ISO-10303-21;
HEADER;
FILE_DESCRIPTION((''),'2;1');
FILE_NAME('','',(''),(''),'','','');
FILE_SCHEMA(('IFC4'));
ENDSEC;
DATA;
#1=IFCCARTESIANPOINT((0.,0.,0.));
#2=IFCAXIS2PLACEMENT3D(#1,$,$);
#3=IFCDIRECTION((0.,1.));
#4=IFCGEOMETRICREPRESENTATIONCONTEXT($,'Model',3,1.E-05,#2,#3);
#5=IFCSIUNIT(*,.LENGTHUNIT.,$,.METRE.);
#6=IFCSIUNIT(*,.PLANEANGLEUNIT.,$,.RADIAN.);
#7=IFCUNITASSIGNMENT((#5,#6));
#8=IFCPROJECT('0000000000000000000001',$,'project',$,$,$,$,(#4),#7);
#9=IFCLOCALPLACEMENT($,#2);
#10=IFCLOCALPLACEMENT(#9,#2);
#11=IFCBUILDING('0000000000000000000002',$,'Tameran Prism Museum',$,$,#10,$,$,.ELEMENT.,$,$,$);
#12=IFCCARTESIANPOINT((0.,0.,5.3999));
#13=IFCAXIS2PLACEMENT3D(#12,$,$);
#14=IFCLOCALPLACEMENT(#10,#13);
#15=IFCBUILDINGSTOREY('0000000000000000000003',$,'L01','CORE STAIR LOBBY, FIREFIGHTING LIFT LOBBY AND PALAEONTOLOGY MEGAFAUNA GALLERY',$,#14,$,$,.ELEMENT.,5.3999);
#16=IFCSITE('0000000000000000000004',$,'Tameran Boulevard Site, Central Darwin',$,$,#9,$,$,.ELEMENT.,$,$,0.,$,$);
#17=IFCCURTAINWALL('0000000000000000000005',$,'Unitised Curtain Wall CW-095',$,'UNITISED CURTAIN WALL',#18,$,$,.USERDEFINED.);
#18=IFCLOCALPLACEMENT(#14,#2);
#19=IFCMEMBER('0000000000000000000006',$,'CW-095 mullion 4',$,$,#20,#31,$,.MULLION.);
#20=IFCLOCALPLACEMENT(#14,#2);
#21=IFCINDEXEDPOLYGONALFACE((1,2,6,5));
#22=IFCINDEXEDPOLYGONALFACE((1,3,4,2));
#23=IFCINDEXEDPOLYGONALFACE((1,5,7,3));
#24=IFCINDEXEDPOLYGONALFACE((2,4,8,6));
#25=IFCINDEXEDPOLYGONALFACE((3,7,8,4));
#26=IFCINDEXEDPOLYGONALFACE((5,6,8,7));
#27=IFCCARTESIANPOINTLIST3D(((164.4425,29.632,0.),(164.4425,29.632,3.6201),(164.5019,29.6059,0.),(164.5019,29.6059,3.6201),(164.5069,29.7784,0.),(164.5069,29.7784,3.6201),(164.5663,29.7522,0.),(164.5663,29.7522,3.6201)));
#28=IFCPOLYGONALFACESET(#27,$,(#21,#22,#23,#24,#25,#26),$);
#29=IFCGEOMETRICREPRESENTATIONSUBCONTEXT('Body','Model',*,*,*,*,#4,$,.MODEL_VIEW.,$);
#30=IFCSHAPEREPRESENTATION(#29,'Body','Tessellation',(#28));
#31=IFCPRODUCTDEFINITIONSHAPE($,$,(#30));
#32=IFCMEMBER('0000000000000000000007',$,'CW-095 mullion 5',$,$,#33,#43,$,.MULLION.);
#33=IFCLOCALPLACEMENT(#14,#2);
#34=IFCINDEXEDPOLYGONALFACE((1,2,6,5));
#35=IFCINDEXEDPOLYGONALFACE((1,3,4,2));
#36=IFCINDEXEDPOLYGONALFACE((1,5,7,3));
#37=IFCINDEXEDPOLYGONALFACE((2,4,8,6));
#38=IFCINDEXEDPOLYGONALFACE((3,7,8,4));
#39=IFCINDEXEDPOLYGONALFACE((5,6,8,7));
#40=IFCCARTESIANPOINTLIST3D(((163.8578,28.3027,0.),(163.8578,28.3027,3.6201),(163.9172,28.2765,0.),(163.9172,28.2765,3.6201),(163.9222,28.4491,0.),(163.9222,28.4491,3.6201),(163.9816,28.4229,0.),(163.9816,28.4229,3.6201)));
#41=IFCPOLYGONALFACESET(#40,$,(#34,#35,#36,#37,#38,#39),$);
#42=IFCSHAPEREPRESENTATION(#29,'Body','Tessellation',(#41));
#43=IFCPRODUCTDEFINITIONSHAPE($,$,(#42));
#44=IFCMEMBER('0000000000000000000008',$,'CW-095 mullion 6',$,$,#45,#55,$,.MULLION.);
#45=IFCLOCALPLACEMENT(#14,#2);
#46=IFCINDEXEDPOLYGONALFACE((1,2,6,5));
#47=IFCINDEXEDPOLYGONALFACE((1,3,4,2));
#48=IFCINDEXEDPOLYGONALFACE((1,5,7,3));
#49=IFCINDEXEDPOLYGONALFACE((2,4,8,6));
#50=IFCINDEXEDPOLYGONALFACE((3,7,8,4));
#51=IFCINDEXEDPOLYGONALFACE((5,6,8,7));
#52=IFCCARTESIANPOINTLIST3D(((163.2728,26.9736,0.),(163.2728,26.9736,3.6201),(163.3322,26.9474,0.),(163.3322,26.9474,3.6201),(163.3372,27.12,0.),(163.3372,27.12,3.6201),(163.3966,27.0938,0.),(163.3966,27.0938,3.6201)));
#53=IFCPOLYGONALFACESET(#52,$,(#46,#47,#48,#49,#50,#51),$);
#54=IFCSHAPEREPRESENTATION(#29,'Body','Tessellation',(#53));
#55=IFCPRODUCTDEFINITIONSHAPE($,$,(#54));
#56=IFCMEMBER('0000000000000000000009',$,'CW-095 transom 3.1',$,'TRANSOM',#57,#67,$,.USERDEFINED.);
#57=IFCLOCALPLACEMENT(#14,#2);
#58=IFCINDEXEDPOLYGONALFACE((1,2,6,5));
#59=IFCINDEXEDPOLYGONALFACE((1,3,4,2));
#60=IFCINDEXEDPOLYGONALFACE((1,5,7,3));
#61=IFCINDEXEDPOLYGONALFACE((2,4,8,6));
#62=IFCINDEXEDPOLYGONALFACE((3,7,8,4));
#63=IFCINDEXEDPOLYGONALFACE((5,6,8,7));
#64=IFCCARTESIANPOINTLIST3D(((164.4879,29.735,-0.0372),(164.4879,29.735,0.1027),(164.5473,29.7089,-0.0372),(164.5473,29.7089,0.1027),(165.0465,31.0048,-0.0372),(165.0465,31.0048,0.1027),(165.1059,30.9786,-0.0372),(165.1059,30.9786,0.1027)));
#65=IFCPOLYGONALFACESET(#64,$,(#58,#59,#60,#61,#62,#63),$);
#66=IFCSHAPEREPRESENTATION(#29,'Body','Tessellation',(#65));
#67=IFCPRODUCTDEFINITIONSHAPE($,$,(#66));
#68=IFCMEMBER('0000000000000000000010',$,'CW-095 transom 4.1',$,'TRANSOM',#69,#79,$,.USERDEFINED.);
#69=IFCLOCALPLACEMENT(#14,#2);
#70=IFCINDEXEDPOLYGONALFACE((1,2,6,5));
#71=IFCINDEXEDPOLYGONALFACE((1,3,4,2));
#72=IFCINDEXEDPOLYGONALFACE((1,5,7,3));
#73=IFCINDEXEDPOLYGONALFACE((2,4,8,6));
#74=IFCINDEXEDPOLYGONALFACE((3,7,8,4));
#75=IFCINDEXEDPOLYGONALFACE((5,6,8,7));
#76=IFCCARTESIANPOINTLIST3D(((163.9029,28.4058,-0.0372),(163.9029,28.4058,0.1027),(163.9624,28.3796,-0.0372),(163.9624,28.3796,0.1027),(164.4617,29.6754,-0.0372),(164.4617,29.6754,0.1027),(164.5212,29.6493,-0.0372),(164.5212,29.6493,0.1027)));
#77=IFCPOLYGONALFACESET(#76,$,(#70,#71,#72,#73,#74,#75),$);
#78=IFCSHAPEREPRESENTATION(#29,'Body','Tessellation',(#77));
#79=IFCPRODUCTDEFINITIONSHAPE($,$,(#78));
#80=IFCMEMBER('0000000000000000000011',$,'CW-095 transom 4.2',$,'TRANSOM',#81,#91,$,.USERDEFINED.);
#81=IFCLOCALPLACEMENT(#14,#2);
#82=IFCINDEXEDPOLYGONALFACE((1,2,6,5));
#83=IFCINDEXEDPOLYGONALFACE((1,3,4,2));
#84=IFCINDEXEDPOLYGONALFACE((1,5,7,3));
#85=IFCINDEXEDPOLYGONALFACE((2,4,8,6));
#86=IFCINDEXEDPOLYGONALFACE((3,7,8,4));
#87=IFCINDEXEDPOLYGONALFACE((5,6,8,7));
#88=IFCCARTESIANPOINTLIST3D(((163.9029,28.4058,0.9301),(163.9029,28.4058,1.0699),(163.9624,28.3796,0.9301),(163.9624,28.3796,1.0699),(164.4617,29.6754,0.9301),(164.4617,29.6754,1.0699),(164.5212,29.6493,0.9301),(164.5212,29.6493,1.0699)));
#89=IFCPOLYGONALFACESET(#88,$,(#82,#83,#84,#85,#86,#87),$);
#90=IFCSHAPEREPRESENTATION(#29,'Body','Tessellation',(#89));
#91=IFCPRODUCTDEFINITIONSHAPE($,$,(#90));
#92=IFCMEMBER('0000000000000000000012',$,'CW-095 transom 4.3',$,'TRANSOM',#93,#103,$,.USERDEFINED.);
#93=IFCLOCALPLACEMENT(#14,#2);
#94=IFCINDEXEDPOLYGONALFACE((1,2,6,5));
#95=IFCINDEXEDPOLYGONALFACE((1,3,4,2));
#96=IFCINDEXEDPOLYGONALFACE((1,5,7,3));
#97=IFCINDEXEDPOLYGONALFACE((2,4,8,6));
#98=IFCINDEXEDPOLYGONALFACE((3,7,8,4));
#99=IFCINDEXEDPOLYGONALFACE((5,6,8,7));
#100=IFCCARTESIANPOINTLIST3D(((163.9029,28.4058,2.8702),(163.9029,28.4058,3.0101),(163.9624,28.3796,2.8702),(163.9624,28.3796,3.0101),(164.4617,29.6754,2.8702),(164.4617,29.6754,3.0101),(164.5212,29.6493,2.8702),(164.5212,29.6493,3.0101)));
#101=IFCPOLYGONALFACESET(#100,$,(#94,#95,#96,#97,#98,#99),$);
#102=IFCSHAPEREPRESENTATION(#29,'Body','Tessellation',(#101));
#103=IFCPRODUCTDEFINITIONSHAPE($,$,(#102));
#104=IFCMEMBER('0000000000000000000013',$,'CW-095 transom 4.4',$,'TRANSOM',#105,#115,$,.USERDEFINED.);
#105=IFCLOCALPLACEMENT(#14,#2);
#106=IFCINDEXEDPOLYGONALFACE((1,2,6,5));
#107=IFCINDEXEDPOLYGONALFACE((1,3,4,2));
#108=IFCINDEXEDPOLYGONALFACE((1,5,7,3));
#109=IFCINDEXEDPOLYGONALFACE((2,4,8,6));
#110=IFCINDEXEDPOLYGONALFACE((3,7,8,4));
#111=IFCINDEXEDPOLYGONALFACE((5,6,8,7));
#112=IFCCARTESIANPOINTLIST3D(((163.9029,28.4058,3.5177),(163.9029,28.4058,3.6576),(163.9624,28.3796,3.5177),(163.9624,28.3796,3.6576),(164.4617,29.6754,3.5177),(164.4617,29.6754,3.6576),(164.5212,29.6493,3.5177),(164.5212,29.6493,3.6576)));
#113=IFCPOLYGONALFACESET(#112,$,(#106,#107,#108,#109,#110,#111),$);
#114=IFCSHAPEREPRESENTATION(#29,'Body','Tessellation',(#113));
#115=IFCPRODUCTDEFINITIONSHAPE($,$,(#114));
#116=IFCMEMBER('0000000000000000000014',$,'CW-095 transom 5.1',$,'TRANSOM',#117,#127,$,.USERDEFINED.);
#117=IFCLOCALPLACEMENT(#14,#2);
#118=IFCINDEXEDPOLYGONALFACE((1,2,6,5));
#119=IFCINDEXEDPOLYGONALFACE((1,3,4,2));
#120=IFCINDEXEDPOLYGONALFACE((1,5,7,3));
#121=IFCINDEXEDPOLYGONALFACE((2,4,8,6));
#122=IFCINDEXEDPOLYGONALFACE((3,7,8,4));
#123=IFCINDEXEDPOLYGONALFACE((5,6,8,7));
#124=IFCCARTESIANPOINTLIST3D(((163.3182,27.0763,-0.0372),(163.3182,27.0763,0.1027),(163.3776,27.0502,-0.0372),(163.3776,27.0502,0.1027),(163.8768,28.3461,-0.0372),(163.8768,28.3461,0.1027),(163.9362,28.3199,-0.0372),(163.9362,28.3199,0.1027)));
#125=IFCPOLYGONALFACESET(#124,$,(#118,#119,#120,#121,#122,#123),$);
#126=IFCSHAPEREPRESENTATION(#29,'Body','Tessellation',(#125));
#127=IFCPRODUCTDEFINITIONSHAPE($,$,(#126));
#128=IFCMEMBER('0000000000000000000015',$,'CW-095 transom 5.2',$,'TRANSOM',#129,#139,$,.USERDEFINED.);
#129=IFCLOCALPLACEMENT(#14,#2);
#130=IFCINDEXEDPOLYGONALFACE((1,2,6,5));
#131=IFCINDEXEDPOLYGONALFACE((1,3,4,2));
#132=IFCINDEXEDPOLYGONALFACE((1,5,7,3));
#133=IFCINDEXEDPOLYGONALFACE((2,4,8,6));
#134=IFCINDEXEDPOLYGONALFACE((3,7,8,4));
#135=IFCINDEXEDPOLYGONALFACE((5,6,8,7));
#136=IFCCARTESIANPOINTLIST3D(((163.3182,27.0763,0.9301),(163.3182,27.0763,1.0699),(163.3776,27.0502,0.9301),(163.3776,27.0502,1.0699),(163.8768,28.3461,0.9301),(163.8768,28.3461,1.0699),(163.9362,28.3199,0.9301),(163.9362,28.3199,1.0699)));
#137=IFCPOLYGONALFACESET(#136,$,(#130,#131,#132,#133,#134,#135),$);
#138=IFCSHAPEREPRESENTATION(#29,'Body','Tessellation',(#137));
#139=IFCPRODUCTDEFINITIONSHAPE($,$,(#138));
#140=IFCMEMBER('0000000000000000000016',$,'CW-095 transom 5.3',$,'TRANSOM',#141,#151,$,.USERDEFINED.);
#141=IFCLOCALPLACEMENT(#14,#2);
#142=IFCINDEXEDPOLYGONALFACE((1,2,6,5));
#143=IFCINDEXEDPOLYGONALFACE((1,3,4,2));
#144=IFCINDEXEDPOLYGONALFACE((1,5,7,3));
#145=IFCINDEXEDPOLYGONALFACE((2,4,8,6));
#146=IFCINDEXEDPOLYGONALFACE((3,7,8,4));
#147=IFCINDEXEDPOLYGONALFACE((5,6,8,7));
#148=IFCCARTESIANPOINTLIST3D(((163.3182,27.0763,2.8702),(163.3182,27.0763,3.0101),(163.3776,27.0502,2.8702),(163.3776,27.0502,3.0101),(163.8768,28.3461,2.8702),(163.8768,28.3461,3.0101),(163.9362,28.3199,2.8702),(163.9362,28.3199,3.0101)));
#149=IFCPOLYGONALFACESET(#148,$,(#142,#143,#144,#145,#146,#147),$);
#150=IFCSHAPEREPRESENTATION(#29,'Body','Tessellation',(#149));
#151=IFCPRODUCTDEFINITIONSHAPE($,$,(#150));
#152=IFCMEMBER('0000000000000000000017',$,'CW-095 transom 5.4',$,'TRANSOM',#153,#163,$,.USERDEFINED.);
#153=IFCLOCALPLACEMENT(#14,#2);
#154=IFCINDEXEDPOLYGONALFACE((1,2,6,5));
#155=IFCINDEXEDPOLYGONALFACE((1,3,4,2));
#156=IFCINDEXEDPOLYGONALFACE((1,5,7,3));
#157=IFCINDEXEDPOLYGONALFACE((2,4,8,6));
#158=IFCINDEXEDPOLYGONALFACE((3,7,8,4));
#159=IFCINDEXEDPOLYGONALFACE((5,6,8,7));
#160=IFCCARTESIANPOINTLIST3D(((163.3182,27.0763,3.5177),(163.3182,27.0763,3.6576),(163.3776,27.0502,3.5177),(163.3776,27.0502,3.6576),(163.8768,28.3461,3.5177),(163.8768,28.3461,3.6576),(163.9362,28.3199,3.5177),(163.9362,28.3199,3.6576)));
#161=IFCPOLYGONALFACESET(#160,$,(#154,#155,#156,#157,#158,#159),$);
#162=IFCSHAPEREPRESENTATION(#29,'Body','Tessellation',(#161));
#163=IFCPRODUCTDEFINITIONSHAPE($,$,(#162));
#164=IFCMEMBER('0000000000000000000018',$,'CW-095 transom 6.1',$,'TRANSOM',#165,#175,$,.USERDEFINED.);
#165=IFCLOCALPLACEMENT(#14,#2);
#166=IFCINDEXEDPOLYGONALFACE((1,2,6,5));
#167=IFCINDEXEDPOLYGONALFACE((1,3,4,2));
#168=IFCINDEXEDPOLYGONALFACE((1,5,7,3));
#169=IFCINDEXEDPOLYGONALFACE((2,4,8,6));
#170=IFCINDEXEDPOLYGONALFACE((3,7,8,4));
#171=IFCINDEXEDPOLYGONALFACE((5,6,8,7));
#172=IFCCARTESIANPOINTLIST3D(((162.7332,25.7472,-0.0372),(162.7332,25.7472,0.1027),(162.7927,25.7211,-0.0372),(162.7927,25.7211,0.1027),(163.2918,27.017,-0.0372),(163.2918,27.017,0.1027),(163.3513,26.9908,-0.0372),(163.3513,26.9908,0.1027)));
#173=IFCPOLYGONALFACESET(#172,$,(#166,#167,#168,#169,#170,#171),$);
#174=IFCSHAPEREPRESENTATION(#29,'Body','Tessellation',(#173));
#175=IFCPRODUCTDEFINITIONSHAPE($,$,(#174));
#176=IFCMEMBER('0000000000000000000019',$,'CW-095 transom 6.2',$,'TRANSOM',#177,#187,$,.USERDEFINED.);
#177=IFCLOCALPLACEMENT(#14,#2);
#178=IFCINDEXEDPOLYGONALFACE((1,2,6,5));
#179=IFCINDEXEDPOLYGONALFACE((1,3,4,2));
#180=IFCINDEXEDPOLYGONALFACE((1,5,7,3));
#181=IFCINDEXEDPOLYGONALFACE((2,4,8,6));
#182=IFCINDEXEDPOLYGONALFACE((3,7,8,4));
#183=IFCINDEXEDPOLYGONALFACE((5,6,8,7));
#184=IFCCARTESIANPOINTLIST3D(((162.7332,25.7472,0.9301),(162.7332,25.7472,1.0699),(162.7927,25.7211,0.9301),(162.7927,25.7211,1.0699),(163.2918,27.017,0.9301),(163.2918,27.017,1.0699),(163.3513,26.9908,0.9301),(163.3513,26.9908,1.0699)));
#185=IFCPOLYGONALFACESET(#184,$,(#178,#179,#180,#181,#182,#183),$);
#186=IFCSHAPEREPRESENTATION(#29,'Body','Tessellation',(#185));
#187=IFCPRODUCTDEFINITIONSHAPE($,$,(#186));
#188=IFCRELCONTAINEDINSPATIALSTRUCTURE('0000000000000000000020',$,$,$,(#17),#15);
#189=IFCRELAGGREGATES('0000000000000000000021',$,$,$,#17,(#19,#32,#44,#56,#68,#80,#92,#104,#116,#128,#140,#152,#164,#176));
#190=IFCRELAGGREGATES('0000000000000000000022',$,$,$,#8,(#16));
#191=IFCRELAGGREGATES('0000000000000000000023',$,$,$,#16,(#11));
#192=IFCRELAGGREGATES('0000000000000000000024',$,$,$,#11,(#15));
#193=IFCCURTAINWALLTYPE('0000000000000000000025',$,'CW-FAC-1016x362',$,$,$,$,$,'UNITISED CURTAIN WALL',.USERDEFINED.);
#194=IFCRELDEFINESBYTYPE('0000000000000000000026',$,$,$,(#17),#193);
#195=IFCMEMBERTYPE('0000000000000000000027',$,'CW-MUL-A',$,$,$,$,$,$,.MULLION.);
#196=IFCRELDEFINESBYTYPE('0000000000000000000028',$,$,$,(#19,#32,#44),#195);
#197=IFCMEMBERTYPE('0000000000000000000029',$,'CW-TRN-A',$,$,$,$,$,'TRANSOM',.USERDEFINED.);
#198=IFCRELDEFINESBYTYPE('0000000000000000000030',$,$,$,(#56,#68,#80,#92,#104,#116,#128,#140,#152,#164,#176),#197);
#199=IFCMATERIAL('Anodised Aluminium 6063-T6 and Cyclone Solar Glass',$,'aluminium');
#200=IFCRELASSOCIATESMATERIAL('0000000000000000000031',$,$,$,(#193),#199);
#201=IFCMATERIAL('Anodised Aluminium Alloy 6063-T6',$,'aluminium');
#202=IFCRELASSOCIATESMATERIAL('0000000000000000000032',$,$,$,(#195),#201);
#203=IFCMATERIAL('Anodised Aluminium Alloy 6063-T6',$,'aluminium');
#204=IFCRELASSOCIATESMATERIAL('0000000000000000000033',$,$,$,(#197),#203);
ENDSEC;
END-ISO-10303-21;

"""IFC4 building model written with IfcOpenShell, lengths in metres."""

from ifc_helpers import new_model, si_unit, direction, frame, origin, origin_2d, place, context, subcontext, project, spatial, rectangle, extrude, material, material_profile, profile_set, type_object, element, aggregate, save


model = new_model("IFC4")

# Units and contexts
model_context = context("Model", 3, precision=1e-05, world=origin(), true_north=direction((0.0, 1.0)))
body_context = subcontext(model_context, "Body", "Model", "MODEL_VIEW")
ifc_project = project(units=[si_unit("LENGTHUNIT", "METRE"), si_unit("PLANEANGLEUNIT", "RADIAN")], contexts=[model_context])

# Site, building, storey
site_placement = place(None, origin())
site = spatial("IfcSite", under=ifc_project, at=site_placement, Name="Tameran Boulevard Site, Central Darwin", CompositionType="ELEMENT", RefElevation=0.0)
building_placement = place(site_placement, origin())
building = spatial("IfcBuilding", under=site, at=building_placement, Name="Tameran Prism Museum", CompositionType="ELEMENT")
storey_placement = place(building_placement, frame((0.0, 0.0, 5.3999)))
storey = spatial("IfcBuildingStorey", under=building, at=storey_placement, Name="L01", Description="CORE STAIR LOBBY, FIREFIGHTING LIFT LOBBY AND PALAEONTOLOGY MEGAFAUNA GALLERY", CompositionType="ELEMENT", Elevation=5.3999)

# Curtain wall, members
ifc_material_1 = material(Name="Anodised Aluminium 6063-T6 and Cyclone Solar Glass", Category="aluminium")
curtain_wall_type_1 = type_object("IfcCurtainWallType", Name="CW-FAC-1016x362", ElementType="UNITISED CURTAIN WALL", PredefinedType="USERDEFINED", material=ifc_material_1)
curtain_wall_1_placement = place(storey_placement, origin())
curtain_wall_1 = element("IfcCurtainWall", 1, at=curtain_wall_1_placement, inside=storey, type_object=curtain_wall_type_1, Name="Unitised Curtain Wall CW-095", ObjectType="UNITISED CURTAIN WALL", PredefinedType="USERDEFINED")
ifc_material_2 = material(Name="Anodised Aluminium Alloy 6063-T6", Category="aluminium")
ifc_material_profile_1 = material_profile(ifc_material_2, rectangle(XDim=0.0649, YDim=0.1599, at=origin_2d()))
ifc_profile_set_1 = profile_set([ifc_material_profile_1])
member_type_1 = type_object("IfcMemberType", Name="CW-MUL-A", PredefinedType="MULLION", material=ifc_profile_set_1)
member_1_placement = place(storey_placement, frame((164.5044, 29.6921, 0.0), z_axis=(0.0, 0.0, 1.0), x_axis=(0.915322, -0.402722, 0.0)))
member_1 = element("IfcMember", 2, at=member_1_placement, type_object=member_type_1, Name="CW-095 mullion 4", PredefinedType="MULLION", context=body_context, shape_type="SweptSolid", body=[
    extrude(rectangle(XDim=0.0649, YDim=0.1599, at=origin_2d()), origin(), (0.0, 0.0, 1.0), 3.6201),
])
member_2_placement = place(storey_placement, frame((163.9197, 28.3628, 0.0), z_axis=(0.0, 0.0, 1.0), x_axis=(0.915322, -0.402722, 0.0)))
member_2 = element("IfcMember", 3, at=member_2_placement, type_object=member_type_1, Name="CW-095 mullion 5", PredefinedType="MULLION", context=body_context, shape_type="SweptSolid", body=[
    extrude(rectangle(XDim=0.0649, YDim=0.1599, at=origin_2d()), origin(), (0.0, 0.0, 1.0), 3.6201),
])
member_3_placement = place(storey_placement, frame((163.3347, 27.0337, 0.0), z_axis=(0.0, 0.0, 1.0), x_axis=(0.915322, -0.402722, 0.0)))
member_3 = element("IfcMember", 4, at=member_3_placement, type_object=member_type_1, Name="CW-095 mullion 6", PredefinedType="MULLION", context=body_context, shape_type="SweptSolid", body=[
    extrude(rectangle(XDim=0.0649, YDim=0.1599, at=origin_2d()), origin(), (0.0, 0.0, 1.0), 3.6201),
])
ifc_material_3 = material(Name="Anodised Aluminium Alloy 6063-T6", Category="aluminium")
ifc_material_profile_2 = material_profile(ifc_material_3, rectangle(XDim=0.0649, YDim=0.1399, at=origin_2d()))
ifc_profile_set_2 = profile_set([ifc_material_profile_2])
member_type_2 = type_object("IfcMemberType", Name="CW-TRN-A", ElementType="TRANSOM", PredefinedType="USERDEFINED", material=ifc_profile_set_2)
member_4_placement = place(storey_placement, frame((165.0762, 30.9917, 0.0327), z_axis=(-0.402674, -0.915344, 0.0), x_axis=(0.915344, -0.402674, 0.0)))
member_4 = element("IfcMember", 5, at=member_4_placement, type_object=member_type_2, Name="CW-095 transom 3.1", ObjectType="TRANSOM", PredefinedType="USERDEFINED", context=body_context, shape_type="SweptSolid", body=[
    extrude(rectangle(XDim=0.0649, YDim=0.1399, at=origin_2d()), origin(), (0.0, 0.0, 1.0), 1.3872),
])
member_5_placement = place(storey_placement, frame((164.4915, 29.6624, 0.0327), z_axis=(-0.402821, -0.915279, 0.0), x_axis=(0.915279, -0.402821, 0.0)))
member_5 = element("IfcMember", 6, at=member_5_placement, type_object=member_type_2, Name="CW-095 transom 4.1", ObjectType="TRANSOM", PredefinedType="USERDEFINED", context=body_context, shape_type="SweptSolid", body=[
    extrude(rectangle(XDim=0.0649, YDim=0.1399, at=origin_2d()), origin(), (0.0, 0.0, 1.0), 1.3872),
])
member_6_placement = place(storey_placement, frame((164.4915, 29.6624, 1.0), z_axis=(-0.402821, -0.915279, 0.0), x_axis=(0.915279, -0.402821, 0.0)))
member_6 = element("IfcMember", 7, at=member_6_placement, type_object=member_type_2, Name="CW-095 transom 4.2", ObjectType="TRANSOM", PredefinedType="USERDEFINED", context=body_context, shape_type="SweptSolid", body=[
    extrude(rectangle(XDim=0.0649, YDim=0.1399, at=origin_2d()), origin(), (0.0, 0.0, 1.0), 1.3872),
])
member_7_placement = place(storey_placement, frame((164.4915, 29.6624, 2.9402), z_axis=(-0.402821, -0.915279, 0.0), x_axis=(0.915279, -0.402821, 0.0)))
member_7 = element("IfcMember", 8, at=member_7_placement, type_object=member_type_2, Name="CW-095 transom 4.3", ObjectType="TRANSOM", PredefinedType="USERDEFINED", context=body_context, shape_type="SweptSolid", body=[
    extrude(rectangle(XDim=0.0649, YDim=0.1399, at=origin_2d()), origin(), (0.0, 0.0, 1.0), 1.3872),
])
member_8_placement = place(storey_placement, frame((164.4915, 29.6624, 3.5876), z_axis=(-0.402821, -0.915279, 0.0), x_axis=(0.915279, -0.402821, 0.0)))
member_8 = element("IfcMember", 9, at=member_8_placement, type_object=member_type_2, Name="CW-095 transom 4.4", ObjectType="TRANSOM", PredefinedType="USERDEFINED", context=body_context, shape_type="SweptSolid", body=[
    extrude(rectangle(XDim=0.0649, YDim=0.1399, at=origin_2d()), origin(), (0.0, 0.0, 1.0), 1.3872),
])
member_9_placement = place(storey_placement, frame((163.9065, 28.333, 0.0327), z_axis=(-0.402674, -0.915344, 0.0), x_axis=(0.915344, -0.402674, 0.0)))
member_9 = element("IfcMember", 10, at=member_9_placement, type_object=member_type_2, Name="CW-095 transom 5.1", ObjectType="TRANSOM", PredefinedType="USERDEFINED", context=body_context, shape_type="SweptSolid", body=[
    extrude(rectangle(XDim=0.0649, YDim=0.1399, at=origin_2d()), origin(), (0.0, 0.0, 1.0), 1.3872),
])
member_10_placement = place(storey_placement, frame((163.9065, 28.333, 1.0), z_axis=(-0.402674, -0.915344, 0.0), x_axis=(0.915344, -0.402674, 0.0)))
member_10 = element("IfcMember", 11, at=member_10_placement, type_object=member_type_2, Name="CW-095 transom 5.2", ObjectType="TRANSOM", PredefinedType="USERDEFINED", context=body_context, shape_type="SweptSolid", body=[
    extrude(rectangle(XDim=0.0649, YDim=0.1399, at=origin_2d()), origin(), (0.0, 0.0, 1.0), 1.3872),
])
member_11_placement = place(storey_placement, frame((163.9065, 28.333, 2.9402), z_axis=(-0.402674, -0.915344, 0.0), x_axis=(0.915344, -0.402674, 0.0)))
member_11 = element("IfcMember", 12, at=member_11_placement, type_object=member_type_2, Name="CW-095 transom 5.3", ObjectType="TRANSOM", PredefinedType="USERDEFINED", context=body_context, shape_type="SweptSolid", body=[
    extrude(rectangle(XDim=0.0649, YDim=0.1399, at=origin_2d()), origin(), (0.0, 0.0, 1.0), 1.3872),
])
member_12_placement = place(storey_placement, frame((163.9065, 28.333, 3.5876), z_axis=(-0.402674, -0.915344, 0.0), x_axis=(0.915344, -0.402674, 0.0)))
member_12 = element("IfcMember", 13, at=member_12_placement, type_object=member_type_2, Name="CW-095 transom 5.4", ObjectType="TRANSOM", PredefinedType="USERDEFINED", context=body_context, shape_type="SweptSolid", body=[
    extrude(rectangle(XDim=0.0649, YDim=0.1399, at=origin_2d()), origin(), (0.0, 0.0, 1.0), 1.3872),
])
member_13_placement = place(storey_placement, frame((163.3215, 27.0039, 0.0327), z_axis=(-0.402674, -0.915344, 0.0), x_axis=(0.915344, -0.402674, 0.0)))
member_13 = element("IfcMember", 14, at=member_13_placement, type_object=member_type_2, Name="CW-095 transom 6.1", ObjectType="TRANSOM", PredefinedType="USERDEFINED", context=body_context, shape_type="SweptSolid", body=[
    extrude(rectangle(XDim=0.0649, YDim=0.1399, at=origin_2d()), origin(), (0.0, 0.0, 1.0), 1.3872),
])
member_14_placement = place(storey_placement, frame((163.3215, 27.0039, 1.0), z_axis=(-0.402674, -0.915344, 0.0), x_axis=(0.915344, -0.402674, 0.0)))
member_14 = element("IfcMember", 15, at=member_14_placement, type_object=member_type_2, Name="CW-095 transom 6.2", ObjectType="TRANSOM", PredefinedType="USERDEFINED", context=body_context, shape_type="SweptSolid", body=[
    extrude(rectangle(XDim=0.0649, YDim=0.1399, at=origin_2d()), origin(), (0.0, 0.0, 1.0), 1.3872),
])

aggregate(curtain_wall_1, [member_1, member_2, member_3, member_4, member_5, member_6, member_7, member_8, member_9, member_10, member_11, member_12, member_13, member_14])

save(model, "model.ifc")
